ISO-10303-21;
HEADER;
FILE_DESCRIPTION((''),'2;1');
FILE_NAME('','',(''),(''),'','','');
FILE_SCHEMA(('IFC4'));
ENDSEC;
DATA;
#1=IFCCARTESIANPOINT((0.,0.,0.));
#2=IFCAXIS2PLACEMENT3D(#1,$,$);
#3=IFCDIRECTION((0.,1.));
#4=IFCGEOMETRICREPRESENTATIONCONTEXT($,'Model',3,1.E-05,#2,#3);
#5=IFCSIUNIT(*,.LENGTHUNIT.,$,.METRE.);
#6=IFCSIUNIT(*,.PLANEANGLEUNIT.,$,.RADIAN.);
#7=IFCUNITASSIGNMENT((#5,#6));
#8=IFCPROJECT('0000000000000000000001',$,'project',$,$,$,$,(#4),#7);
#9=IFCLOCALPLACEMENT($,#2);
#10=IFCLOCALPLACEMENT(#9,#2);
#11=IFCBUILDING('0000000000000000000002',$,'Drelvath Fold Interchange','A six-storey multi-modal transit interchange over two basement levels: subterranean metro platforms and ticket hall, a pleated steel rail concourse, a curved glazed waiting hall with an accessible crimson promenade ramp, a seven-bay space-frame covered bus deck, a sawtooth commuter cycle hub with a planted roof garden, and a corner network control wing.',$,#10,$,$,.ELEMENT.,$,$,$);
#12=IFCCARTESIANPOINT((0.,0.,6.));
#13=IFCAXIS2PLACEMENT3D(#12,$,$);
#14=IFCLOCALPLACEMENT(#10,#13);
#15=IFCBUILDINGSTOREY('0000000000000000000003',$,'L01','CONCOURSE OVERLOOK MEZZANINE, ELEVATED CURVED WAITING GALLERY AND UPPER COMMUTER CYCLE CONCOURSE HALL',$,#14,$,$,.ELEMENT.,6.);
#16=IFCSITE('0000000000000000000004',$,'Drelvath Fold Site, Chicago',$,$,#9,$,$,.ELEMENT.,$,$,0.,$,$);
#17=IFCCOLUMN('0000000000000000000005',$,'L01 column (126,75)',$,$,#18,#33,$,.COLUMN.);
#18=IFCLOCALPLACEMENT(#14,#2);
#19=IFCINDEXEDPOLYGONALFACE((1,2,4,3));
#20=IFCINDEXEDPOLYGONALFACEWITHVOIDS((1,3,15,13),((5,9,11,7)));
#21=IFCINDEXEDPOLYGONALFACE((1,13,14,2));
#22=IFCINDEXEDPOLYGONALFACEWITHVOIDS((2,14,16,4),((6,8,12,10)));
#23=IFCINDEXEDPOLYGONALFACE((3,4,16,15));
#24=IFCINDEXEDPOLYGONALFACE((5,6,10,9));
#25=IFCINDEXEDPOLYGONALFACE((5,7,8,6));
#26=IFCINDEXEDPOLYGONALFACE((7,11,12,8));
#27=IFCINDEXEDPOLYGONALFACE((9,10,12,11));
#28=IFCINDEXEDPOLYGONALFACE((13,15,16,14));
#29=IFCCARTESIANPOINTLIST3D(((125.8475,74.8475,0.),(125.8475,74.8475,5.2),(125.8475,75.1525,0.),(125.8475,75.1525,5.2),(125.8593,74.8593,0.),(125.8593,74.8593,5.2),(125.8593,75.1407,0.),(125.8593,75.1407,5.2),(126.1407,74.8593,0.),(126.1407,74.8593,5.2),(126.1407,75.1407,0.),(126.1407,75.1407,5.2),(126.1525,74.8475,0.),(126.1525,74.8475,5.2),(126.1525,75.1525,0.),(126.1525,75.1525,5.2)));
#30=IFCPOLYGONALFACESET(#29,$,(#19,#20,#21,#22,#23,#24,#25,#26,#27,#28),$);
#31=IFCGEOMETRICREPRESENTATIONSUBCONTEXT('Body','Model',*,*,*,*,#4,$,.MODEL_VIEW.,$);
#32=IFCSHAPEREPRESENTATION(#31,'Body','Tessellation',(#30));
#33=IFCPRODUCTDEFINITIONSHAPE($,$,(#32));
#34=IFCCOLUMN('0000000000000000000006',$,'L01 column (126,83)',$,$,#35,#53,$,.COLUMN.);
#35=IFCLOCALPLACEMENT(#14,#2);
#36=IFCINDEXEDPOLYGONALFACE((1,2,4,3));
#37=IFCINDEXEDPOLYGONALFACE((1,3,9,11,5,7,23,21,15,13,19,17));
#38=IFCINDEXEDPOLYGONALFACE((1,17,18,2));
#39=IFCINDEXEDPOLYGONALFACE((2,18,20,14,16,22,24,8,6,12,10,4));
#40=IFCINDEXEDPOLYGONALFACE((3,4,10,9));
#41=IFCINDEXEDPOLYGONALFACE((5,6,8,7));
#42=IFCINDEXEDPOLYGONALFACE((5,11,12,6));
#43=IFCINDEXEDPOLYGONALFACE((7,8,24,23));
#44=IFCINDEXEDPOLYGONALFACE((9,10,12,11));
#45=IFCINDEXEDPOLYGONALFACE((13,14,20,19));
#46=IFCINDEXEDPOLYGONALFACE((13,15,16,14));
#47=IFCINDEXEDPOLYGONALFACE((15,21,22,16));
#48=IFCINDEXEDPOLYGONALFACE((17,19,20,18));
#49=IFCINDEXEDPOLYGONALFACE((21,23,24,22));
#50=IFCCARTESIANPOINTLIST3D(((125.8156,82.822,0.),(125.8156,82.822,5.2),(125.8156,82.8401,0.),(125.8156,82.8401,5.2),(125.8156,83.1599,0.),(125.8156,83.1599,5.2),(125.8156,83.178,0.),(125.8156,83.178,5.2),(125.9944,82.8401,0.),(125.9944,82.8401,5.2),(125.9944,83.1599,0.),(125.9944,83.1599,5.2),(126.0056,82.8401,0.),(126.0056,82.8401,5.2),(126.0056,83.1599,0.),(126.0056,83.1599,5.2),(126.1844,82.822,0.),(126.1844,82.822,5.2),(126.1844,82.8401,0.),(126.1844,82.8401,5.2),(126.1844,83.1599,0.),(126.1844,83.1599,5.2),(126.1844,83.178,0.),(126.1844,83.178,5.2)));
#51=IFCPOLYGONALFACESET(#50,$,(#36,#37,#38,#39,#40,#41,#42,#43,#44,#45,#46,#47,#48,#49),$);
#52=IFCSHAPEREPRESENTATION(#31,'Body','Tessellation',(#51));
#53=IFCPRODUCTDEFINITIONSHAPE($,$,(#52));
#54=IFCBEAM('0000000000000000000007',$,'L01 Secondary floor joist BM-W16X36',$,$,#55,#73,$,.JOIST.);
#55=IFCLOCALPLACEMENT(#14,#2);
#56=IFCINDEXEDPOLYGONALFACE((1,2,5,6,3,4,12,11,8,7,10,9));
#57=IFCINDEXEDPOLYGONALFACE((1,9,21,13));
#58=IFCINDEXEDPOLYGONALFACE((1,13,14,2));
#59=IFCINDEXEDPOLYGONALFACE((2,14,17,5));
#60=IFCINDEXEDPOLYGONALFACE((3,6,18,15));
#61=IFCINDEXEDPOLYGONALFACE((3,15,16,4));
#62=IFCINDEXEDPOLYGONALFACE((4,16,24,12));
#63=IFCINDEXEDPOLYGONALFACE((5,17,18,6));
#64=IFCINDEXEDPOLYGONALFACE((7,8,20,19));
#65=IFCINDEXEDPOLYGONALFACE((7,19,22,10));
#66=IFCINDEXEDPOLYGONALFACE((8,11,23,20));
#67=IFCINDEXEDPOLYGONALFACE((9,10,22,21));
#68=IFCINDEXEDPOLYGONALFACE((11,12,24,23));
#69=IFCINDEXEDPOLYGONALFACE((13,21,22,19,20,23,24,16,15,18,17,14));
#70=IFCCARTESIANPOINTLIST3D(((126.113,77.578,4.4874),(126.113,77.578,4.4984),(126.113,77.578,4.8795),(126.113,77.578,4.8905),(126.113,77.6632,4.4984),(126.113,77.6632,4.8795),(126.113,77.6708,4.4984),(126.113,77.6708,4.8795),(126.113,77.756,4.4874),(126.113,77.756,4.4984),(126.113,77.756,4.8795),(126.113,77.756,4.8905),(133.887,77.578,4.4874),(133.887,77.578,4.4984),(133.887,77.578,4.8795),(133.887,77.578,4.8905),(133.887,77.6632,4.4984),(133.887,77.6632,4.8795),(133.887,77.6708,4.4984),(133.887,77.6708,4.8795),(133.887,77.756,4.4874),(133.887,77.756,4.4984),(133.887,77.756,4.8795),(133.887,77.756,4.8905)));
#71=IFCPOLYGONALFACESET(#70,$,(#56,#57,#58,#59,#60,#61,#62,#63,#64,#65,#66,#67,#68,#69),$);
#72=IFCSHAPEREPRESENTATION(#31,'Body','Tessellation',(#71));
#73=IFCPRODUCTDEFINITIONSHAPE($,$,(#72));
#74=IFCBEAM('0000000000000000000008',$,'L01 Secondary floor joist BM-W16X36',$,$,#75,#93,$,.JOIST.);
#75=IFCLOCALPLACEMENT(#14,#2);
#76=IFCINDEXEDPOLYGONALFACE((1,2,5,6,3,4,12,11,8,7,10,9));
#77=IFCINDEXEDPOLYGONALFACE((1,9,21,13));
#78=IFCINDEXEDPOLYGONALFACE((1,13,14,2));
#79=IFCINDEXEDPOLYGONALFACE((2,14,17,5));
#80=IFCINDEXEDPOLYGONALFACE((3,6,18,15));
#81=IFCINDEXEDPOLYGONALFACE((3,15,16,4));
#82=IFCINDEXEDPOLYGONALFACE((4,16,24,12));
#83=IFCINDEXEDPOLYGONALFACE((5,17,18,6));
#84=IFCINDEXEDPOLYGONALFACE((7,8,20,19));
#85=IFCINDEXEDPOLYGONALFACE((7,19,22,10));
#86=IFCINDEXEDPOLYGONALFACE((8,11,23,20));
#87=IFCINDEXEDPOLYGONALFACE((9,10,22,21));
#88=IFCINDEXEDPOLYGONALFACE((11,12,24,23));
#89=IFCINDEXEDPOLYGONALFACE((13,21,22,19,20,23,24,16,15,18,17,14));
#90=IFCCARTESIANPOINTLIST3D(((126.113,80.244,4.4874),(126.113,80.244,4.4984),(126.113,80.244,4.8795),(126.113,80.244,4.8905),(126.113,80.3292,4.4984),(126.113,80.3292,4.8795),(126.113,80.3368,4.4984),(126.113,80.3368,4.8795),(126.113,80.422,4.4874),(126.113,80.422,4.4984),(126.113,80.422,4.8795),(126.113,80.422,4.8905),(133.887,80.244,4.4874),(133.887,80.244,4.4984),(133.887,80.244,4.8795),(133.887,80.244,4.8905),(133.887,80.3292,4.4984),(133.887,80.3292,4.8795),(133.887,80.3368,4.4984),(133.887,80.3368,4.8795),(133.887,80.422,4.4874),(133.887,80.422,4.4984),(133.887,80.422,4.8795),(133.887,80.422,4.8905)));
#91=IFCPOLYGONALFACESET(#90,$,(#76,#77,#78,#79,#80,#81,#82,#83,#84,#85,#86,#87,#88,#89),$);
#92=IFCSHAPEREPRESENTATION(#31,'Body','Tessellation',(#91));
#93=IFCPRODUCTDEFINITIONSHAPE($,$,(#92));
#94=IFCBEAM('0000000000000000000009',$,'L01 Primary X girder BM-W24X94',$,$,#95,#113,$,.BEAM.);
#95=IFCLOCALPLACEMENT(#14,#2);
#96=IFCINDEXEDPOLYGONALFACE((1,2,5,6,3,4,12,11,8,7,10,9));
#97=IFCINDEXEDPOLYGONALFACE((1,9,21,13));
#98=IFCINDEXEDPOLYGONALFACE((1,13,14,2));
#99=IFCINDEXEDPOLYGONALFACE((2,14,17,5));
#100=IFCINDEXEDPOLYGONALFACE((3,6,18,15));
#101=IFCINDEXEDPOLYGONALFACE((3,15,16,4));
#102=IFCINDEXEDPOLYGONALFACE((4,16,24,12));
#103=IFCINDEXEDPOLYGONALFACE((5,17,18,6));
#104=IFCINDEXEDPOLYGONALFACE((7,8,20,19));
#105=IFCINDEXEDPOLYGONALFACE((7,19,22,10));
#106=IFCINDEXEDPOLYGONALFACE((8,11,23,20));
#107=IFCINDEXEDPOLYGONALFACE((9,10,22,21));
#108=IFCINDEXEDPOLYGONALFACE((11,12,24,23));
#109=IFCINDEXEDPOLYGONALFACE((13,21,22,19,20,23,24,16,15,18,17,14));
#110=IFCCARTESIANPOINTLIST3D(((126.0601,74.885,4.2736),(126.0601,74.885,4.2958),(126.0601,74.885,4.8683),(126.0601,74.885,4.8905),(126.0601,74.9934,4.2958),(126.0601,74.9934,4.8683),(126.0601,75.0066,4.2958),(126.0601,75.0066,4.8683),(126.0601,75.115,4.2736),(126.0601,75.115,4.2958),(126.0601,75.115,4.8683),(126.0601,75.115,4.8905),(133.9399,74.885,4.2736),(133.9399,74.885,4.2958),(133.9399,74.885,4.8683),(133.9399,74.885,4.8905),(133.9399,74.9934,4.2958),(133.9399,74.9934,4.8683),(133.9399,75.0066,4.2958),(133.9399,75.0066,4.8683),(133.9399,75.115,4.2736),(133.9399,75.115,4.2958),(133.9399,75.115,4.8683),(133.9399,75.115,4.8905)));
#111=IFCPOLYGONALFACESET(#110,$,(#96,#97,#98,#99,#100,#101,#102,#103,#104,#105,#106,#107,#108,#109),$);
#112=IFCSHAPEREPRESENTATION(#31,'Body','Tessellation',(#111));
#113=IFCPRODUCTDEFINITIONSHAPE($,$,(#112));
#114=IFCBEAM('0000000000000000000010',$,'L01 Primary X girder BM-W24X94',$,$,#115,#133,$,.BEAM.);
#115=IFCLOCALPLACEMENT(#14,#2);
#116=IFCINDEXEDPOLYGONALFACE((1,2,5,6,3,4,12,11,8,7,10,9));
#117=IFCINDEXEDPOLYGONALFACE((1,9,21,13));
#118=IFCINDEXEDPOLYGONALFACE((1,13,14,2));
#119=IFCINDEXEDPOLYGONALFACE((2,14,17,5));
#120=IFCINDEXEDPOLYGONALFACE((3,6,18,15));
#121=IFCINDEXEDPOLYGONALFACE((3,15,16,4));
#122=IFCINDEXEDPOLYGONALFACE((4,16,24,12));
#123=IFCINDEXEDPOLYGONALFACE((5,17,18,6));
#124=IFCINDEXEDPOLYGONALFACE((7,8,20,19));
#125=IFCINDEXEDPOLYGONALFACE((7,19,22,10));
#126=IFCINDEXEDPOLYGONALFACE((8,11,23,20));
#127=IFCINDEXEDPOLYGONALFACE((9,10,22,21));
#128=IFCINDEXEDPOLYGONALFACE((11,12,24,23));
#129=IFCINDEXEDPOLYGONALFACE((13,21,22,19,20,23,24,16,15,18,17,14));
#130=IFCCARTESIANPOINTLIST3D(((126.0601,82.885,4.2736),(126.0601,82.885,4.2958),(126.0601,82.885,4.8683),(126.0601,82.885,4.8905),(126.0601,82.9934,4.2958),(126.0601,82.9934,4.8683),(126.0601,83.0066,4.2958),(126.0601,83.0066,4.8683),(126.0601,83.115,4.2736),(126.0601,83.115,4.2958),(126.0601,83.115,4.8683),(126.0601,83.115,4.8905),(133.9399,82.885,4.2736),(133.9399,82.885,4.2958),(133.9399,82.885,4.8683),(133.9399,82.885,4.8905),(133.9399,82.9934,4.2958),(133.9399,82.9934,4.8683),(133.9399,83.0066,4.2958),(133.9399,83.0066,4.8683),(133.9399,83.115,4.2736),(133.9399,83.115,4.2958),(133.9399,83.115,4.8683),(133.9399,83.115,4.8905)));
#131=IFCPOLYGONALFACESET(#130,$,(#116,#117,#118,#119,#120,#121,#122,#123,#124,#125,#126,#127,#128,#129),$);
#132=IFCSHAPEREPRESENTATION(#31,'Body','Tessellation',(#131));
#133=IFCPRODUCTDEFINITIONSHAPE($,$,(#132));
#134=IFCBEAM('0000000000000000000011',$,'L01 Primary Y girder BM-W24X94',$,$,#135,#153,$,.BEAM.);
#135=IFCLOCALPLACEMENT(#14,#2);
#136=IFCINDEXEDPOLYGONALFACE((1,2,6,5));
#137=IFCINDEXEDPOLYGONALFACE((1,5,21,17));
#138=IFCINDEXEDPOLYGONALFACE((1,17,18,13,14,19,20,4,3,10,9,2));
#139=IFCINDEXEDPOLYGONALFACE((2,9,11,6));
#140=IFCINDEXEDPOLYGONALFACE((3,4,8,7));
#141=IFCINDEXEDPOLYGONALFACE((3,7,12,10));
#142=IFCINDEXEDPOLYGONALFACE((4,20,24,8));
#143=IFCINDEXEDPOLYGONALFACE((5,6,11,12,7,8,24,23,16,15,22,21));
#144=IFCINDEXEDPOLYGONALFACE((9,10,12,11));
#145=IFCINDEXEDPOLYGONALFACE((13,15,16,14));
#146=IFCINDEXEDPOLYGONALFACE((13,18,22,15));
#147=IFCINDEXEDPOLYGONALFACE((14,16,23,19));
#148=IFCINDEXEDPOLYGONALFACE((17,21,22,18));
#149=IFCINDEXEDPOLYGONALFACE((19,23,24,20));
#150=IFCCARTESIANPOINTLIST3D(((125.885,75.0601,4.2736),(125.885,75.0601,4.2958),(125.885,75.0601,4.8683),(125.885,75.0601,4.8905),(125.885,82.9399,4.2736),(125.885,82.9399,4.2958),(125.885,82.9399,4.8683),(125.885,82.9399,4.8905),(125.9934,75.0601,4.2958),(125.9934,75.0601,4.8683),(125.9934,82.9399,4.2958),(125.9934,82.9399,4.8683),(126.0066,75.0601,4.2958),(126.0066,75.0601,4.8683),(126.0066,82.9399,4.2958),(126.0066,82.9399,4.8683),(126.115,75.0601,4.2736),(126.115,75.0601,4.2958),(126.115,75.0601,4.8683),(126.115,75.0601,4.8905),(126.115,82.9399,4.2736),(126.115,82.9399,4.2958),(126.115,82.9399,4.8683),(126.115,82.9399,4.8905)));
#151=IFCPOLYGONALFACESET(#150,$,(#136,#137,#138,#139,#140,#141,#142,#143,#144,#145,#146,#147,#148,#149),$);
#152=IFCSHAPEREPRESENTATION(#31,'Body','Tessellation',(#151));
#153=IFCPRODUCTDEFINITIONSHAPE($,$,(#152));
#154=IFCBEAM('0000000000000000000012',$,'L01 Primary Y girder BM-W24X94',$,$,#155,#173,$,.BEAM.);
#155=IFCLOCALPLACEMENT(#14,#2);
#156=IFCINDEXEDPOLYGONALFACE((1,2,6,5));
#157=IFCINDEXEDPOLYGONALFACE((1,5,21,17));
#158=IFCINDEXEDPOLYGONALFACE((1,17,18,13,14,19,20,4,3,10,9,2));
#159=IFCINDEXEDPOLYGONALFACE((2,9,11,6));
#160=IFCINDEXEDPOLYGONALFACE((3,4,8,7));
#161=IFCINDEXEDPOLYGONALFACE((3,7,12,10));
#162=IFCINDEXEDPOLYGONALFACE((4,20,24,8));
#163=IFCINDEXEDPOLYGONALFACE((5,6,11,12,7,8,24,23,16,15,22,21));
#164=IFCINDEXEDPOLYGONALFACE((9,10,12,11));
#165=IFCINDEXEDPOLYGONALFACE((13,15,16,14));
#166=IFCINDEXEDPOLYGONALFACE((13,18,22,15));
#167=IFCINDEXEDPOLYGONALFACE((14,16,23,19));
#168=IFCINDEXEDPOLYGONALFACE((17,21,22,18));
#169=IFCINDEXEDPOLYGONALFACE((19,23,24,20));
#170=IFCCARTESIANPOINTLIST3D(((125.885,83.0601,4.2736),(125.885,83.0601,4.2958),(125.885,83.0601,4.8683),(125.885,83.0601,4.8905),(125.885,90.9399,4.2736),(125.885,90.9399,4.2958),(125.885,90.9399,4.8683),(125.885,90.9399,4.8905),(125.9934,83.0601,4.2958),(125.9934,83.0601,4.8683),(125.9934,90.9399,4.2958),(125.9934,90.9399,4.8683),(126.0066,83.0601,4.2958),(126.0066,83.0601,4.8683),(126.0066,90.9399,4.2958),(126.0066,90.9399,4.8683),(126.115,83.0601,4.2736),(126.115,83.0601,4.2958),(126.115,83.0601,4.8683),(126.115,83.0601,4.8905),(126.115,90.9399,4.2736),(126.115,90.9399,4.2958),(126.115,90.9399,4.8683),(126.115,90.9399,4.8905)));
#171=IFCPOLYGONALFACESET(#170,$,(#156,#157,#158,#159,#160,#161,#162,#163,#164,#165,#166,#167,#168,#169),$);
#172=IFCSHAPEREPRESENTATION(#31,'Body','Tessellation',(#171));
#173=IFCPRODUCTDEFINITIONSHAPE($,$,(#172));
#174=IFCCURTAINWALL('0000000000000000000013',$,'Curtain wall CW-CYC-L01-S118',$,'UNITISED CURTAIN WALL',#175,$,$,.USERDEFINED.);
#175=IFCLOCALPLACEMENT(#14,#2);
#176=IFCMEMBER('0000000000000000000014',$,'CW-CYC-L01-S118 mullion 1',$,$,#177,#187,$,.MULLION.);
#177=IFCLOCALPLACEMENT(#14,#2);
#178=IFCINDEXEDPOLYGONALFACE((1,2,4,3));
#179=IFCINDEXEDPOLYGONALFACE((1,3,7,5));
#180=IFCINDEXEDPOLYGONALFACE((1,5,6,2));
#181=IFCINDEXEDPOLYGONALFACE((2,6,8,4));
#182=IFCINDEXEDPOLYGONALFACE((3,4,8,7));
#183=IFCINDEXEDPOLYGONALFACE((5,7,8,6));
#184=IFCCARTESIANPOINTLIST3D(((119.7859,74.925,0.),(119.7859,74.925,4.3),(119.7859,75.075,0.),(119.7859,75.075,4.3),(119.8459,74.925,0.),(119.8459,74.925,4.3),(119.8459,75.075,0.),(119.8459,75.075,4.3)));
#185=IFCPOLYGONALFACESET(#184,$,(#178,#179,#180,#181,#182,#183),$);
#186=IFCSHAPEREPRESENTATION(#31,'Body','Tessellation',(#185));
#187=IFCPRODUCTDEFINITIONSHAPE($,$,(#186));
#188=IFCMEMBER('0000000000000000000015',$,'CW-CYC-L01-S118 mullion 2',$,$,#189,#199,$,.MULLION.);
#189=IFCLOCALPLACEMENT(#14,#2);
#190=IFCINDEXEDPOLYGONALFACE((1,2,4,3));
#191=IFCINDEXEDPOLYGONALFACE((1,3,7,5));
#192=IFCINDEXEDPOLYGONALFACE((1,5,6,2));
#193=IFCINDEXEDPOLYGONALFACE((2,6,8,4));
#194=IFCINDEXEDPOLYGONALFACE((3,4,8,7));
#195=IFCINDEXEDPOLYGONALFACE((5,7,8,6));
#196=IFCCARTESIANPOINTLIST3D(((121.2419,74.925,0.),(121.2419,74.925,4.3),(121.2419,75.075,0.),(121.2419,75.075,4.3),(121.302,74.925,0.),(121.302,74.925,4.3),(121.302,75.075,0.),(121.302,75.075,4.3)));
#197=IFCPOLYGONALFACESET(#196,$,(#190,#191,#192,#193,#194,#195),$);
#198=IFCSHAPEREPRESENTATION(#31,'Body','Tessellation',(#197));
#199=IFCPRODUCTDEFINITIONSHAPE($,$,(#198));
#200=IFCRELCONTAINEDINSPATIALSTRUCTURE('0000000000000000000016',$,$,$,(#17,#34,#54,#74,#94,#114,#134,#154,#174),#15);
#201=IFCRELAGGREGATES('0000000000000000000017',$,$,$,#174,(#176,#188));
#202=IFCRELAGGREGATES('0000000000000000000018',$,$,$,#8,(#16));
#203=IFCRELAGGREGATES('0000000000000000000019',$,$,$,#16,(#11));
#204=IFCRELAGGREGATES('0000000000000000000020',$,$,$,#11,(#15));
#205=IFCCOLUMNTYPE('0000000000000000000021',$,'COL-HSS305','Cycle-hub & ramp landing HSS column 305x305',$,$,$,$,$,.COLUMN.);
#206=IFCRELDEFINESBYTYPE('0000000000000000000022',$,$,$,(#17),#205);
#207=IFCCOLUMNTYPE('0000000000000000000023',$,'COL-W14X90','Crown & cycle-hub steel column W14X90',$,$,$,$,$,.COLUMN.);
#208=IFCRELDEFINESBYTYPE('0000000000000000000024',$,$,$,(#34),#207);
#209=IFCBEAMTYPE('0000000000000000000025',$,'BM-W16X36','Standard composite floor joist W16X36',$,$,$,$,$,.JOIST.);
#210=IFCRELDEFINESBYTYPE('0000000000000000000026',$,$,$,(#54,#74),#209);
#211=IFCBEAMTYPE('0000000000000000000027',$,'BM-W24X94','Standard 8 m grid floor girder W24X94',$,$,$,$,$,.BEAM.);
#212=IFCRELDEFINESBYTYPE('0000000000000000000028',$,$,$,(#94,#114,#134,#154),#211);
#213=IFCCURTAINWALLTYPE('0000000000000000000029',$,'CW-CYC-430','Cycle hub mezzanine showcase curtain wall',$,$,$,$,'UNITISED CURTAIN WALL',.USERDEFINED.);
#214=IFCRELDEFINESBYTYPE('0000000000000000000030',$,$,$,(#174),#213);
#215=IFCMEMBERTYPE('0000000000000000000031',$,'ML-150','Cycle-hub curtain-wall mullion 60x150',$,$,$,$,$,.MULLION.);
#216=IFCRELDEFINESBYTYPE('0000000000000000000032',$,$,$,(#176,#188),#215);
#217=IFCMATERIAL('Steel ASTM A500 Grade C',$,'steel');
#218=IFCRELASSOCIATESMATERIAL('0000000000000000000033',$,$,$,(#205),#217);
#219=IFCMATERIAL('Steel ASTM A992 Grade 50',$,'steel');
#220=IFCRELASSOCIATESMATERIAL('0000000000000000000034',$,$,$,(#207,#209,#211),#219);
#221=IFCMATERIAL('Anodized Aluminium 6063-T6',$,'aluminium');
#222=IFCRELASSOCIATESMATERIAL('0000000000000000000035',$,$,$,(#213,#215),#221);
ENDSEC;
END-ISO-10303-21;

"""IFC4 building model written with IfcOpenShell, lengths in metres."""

from ifc_helpers import new_model, si_unit, direction, frame, origin, origin_2d, place, context, subcontext, project, spatial, rectangle, hollow_rectangle, i_section, extrude, material, material_profile, profile_set, type_object, element, aggregate, save


model = new_model("IFC4")

# Units and contexts
model_context = context("Model", 3, precision=1e-05, world=origin(), true_north=direction((0.0, 1.0)))
body_context = subcontext(model_context, "Body", "Model", "MODEL_VIEW")
ifc_project = project(units=[si_unit("LENGTHUNIT", "METRE"), si_unit("PLANEANGLEUNIT", "RADIAN")], contexts=[model_context])

# Site, building, storey
site_placement = place(None, origin())
site = spatial("IfcSite", under=ifc_project, at=site_placement, Name="Drelvath Fold Site, Chicago", CompositionType="ELEMENT", RefElevation=0.0)
building_placement = place(site_placement, origin())
building = spatial("IfcBuilding", under=site, at=building_placement, Name="Drelvath Fold Interchange", Description="A six-storey multi-modal transit interchange over two basement levels: subterranean metro platforms and ticket hall, a pleated steel rail concourse, a curved glazed waiting hall with an accessible crimson promenade ramp, a seven-bay space-frame covered bus deck, a sawtooth commuter cycle hub with a planted roof garden, and a corner network control wing.", CompositionType="ELEMENT")
storey_placement = place(building_placement, frame((0.0, 0.0, 6.0)))
storey = spatial("IfcBuildingStorey", under=building, at=storey_placement, Name="L01", Description="CONCOURSE OVERLOOK MEZZANINE, ELEVATED CURVED WAITING GALLERY AND UPPER COMMUTER CYCLE CONCOURSE HALL", CompositionType="ELEMENT", Elevation=6.0)

# Columns
ifc_material_1 = material(Name="Steel ASTM A500 Grade C", Category="steel")
ifc_material_profile_1 = material_profile(ifc_material_1, hollow_rectangle(XDim=0.3049, YDim=0.3049, WallThickness=0.0117, at=origin_2d()), Name="HSS12X12X1/2")
ifc_profile_set_1 = profile_set([ifc_material_profile_1], Name="Steel ASTM A500 Grade C")
column_type_1 = type_object("IfcColumnType", Name="COL-HSS305", Description="Cycle-hub & ramp landing HSS column 305x305", PredefinedType="COLUMN", material=ifc_profile_set_1)
column_1_placement = place(storey_placement, frame((126.0, 75.0, 0.0), z_axis=(0.0, 0.0, 1.0), x_axis=(1.0, 0.0, 0.0)))
element("IfcColumn", 1, at=column_1_placement, inside=storey, type_object=column_type_1, Name="L01 column (126,75)", PredefinedType="COLUMN", context=body_context, shape_type="SweptSolid", body=[
    extrude(hollow_rectangle(XDim=0.3049, YDim=0.3049, WallThickness=0.0117, at=origin_2d()), origin(), (0.0, 0.0, 1.0), 5.2),
])
ifc_material_2 = material(Name="Steel ASTM A992 Grade 50", Category="steel")
ifc_material_profile_2 = material_profile(ifc_material_2, i_section(OverallWidth=0.3689, OverallDepth=0.356, WebThickness=0.0112, FlangeThickness=0.0181, at=origin_2d()), Name="W14X90")
ifc_profile_set_2 = profile_set([ifc_material_profile_2], Name="Steel ASTM A992 Grade 50")
column_type_2 = type_object("IfcColumnType", Name="COL-W14X90", Description="Crown & cycle-hub steel column W14X90", PredefinedType="COLUMN", material=ifc_profile_set_2)
column_2_placement = place(storey_placement, frame((126.0, 83.0, 0.0), z_axis=(0.0, 0.0, 1.0), x_axis=(1.0, 0.0, 0.0)))
element("IfcColumn", 2, at=column_2_placement, inside=storey, type_object=column_type_2, Name="L01 column (126,83)", PredefinedType="COLUMN", context=body_context, shape_type="SweptSolid", body=[
    extrude(i_section(OverallWidth=0.3689, OverallDepth=0.356, WebThickness=0.0112, FlangeThickness=0.0181, at=origin_2d()), origin(), (0.0, 0.0, 1.0), 5.2),
])

# Beams
ifc_material_profile_3 = material_profile(ifc_material_2, i_section(OverallWidth=0.178, OverallDepth=0.4031, WebThickness=0.0076, FlangeThickness=0.011, at=origin_2d()), Name="W16X36")
ifc_profile_set_3 = profile_set([ifc_material_profile_3], Name="Steel ASTM A992 Grade 50")
beam_type_1 = type_object("IfcBeamType", Name="BM-W16X36", Description="Standard composite floor joist W16X36", PredefinedType="JOIST", material=ifc_profile_set_3)
for number, where, z_axis, x_axis, name in (
    (3, (126.113, 77.667, 4.689), (1.0, 0.0, 0.0), (0.0, 1.0, 0.0), "L01 Secondary floor joist BM-W16X36"),
    (4, (126.113, 80.333, 4.689), (1.0, 0.0, 0.0), (0.0, 1.0, 0.0), "L01 Secondary floor joist BM-W16X36"),
):
    element("IfcBeam", number, at=place(storey_placement, frame(where, z_axis=z_axis, x_axis=x_axis)), inside=storey, type_object=beam_type_1, Name=name, PredefinedType="JOIST", context=body_context, shape_type="SweptSolid", body=[
        extrude(i_section(OverallWidth=0.178, OverallDepth=0.4031, WebThickness=0.0076, FlangeThickness=0.011, at=origin_2d()), origin(), (0.0, 0.0, 1.0), 7.7739),
    ])
ifc_material_profile_4 = material_profile(ifc_material_2, i_section(OverallWidth=0.23, OverallDepth=0.6169, WebThickness=0.0132, FlangeThickness=0.0222, at=origin_2d()), Name="W24X94")
ifc_profile_set_4 = profile_set([ifc_material_profile_4], Name="Steel ASTM A992 Grade 50")
beam_type_2 = type_object("IfcBeamType", Name="BM-W24X94", Description="Standard 8 m grid floor girder W24X94", PredefinedType="BEAM", material=ifc_profile_set_4)
for number, where, z_axis, x_axis, name in (
    (5, (126.0601, 75.0, 4.582), (1.0, 0.0, 0.0), (0.0, 1.0, 0.0), "L01 Primary X girder BM-W24X94"),
    (6, (126.0601, 83.0, 4.582), (1.0, 0.0, 0.0), (0.0, 1.0, 0.0), "L01 Primary X girder BM-W24X94"),
    (7, (126.0, 75.0601, 4.582), (0.0, 1.0, 0.0), (-1.0, 0.0, 0.0), "L01 Primary Y girder BM-W24X94"),
    (8, (126.0, 83.0601, 4.582), (0.0, 1.0, 0.0), (-1.0, 0.0, 0.0), "L01 Primary Y girder BM-W24X94"),
):
    element("IfcBeam", number, at=place(storey_placement, frame(where, z_axis=z_axis, x_axis=x_axis)), inside=storey, type_object=beam_type_2, Name=name, PredefinedType="BEAM", context=body_context, shape_type="SweptSolid", body=[
        extrude(i_section(OverallWidth=0.23, OverallDepth=0.6169, WebThickness=0.0132, FlangeThickness=0.0222, at=origin_2d()), origin(), (0.0, 0.0, 1.0), 7.8799),
    ])

# Curtain wall, members
ifc_material_3 = material(Name="Anodized Aluminium 6063-T6", Category="aluminium")
curtain_wall_type = type_object("IfcCurtainWallType", Name="CW-CYC-430", Description="Cycle hub mezzanine showcase curtain wall", ElementType="UNITISED CURTAIN WALL", PredefinedType="USERDEFINED", material=ifc_material_3)
curtain_wall_placement = place(storey_placement, origin())
curtain_wall = element("IfcCurtainWall", 9, at=curtain_wall_placement, inside=storey, type_object=curtain_wall_type, Name="Curtain wall CW-CYC-L01-S118", ObjectType="UNITISED CURTAIN WALL", PredefinedType="USERDEFINED")
ifc_material_profile_5 = material_profile(ifc_material_3, rectangle(XDim=0.0601, YDim=0.1499, at=origin_2d()), Name="AL-M 60x150")
ifc_profile_set_5 = profile_set([ifc_material_profile_5], Name="Anodized Aluminium 6063-T6")
member_type_1 = type_object("IfcMemberType", Name="ML-150", Description="Cycle-hub curtain-wall mullion 60x150", PredefinedType="MULLION", material=ifc_profile_set_5)
member_1_placement = place(storey_placement, frame((119.8159, 75.0, 0.0), z_axis=(0.0, 0.0, 1.0), x_axis=(1.0, 0.0, 0.0)))
member_1 = element("IfcMember", 10, at=member_1_placement, type_object=member_type_1, Name="CW-CYC-L01-S118 mullion 1", PredefinedType="MULLION", context=body_context, shape_type="SweptSolid", body=[
    extrude(rectangle(XDim=0.0601, YDim=0.1499, at=origin_2d()), origin(), (0.0, 0.0, 1.0), 4.3),
])
member_2_placement = place(storey_placement, frame((121.272, 75.0, 0.0), z_axis=(0.0, 0.0, 1.0), x_axis=(1.0, 0.0, 0.0)))
member_2 = element("IfcMember", 11, at=member_2_placement, type_object=member_type_1, Name="CW-CYC-L01-S118 mullion 2", PredefinedType="MULLION", context=body_context, shape_type="SweptSolid", body=[
    extrude(rectangle(XDim=0.0601, YDim=0.1499, at=origin_2d()), origin(), (0.0, 0.0, 1.0), 4.3),
])
aggregate(curtain_wall, [member_1, member_2])

save(model, "model.ifc")
